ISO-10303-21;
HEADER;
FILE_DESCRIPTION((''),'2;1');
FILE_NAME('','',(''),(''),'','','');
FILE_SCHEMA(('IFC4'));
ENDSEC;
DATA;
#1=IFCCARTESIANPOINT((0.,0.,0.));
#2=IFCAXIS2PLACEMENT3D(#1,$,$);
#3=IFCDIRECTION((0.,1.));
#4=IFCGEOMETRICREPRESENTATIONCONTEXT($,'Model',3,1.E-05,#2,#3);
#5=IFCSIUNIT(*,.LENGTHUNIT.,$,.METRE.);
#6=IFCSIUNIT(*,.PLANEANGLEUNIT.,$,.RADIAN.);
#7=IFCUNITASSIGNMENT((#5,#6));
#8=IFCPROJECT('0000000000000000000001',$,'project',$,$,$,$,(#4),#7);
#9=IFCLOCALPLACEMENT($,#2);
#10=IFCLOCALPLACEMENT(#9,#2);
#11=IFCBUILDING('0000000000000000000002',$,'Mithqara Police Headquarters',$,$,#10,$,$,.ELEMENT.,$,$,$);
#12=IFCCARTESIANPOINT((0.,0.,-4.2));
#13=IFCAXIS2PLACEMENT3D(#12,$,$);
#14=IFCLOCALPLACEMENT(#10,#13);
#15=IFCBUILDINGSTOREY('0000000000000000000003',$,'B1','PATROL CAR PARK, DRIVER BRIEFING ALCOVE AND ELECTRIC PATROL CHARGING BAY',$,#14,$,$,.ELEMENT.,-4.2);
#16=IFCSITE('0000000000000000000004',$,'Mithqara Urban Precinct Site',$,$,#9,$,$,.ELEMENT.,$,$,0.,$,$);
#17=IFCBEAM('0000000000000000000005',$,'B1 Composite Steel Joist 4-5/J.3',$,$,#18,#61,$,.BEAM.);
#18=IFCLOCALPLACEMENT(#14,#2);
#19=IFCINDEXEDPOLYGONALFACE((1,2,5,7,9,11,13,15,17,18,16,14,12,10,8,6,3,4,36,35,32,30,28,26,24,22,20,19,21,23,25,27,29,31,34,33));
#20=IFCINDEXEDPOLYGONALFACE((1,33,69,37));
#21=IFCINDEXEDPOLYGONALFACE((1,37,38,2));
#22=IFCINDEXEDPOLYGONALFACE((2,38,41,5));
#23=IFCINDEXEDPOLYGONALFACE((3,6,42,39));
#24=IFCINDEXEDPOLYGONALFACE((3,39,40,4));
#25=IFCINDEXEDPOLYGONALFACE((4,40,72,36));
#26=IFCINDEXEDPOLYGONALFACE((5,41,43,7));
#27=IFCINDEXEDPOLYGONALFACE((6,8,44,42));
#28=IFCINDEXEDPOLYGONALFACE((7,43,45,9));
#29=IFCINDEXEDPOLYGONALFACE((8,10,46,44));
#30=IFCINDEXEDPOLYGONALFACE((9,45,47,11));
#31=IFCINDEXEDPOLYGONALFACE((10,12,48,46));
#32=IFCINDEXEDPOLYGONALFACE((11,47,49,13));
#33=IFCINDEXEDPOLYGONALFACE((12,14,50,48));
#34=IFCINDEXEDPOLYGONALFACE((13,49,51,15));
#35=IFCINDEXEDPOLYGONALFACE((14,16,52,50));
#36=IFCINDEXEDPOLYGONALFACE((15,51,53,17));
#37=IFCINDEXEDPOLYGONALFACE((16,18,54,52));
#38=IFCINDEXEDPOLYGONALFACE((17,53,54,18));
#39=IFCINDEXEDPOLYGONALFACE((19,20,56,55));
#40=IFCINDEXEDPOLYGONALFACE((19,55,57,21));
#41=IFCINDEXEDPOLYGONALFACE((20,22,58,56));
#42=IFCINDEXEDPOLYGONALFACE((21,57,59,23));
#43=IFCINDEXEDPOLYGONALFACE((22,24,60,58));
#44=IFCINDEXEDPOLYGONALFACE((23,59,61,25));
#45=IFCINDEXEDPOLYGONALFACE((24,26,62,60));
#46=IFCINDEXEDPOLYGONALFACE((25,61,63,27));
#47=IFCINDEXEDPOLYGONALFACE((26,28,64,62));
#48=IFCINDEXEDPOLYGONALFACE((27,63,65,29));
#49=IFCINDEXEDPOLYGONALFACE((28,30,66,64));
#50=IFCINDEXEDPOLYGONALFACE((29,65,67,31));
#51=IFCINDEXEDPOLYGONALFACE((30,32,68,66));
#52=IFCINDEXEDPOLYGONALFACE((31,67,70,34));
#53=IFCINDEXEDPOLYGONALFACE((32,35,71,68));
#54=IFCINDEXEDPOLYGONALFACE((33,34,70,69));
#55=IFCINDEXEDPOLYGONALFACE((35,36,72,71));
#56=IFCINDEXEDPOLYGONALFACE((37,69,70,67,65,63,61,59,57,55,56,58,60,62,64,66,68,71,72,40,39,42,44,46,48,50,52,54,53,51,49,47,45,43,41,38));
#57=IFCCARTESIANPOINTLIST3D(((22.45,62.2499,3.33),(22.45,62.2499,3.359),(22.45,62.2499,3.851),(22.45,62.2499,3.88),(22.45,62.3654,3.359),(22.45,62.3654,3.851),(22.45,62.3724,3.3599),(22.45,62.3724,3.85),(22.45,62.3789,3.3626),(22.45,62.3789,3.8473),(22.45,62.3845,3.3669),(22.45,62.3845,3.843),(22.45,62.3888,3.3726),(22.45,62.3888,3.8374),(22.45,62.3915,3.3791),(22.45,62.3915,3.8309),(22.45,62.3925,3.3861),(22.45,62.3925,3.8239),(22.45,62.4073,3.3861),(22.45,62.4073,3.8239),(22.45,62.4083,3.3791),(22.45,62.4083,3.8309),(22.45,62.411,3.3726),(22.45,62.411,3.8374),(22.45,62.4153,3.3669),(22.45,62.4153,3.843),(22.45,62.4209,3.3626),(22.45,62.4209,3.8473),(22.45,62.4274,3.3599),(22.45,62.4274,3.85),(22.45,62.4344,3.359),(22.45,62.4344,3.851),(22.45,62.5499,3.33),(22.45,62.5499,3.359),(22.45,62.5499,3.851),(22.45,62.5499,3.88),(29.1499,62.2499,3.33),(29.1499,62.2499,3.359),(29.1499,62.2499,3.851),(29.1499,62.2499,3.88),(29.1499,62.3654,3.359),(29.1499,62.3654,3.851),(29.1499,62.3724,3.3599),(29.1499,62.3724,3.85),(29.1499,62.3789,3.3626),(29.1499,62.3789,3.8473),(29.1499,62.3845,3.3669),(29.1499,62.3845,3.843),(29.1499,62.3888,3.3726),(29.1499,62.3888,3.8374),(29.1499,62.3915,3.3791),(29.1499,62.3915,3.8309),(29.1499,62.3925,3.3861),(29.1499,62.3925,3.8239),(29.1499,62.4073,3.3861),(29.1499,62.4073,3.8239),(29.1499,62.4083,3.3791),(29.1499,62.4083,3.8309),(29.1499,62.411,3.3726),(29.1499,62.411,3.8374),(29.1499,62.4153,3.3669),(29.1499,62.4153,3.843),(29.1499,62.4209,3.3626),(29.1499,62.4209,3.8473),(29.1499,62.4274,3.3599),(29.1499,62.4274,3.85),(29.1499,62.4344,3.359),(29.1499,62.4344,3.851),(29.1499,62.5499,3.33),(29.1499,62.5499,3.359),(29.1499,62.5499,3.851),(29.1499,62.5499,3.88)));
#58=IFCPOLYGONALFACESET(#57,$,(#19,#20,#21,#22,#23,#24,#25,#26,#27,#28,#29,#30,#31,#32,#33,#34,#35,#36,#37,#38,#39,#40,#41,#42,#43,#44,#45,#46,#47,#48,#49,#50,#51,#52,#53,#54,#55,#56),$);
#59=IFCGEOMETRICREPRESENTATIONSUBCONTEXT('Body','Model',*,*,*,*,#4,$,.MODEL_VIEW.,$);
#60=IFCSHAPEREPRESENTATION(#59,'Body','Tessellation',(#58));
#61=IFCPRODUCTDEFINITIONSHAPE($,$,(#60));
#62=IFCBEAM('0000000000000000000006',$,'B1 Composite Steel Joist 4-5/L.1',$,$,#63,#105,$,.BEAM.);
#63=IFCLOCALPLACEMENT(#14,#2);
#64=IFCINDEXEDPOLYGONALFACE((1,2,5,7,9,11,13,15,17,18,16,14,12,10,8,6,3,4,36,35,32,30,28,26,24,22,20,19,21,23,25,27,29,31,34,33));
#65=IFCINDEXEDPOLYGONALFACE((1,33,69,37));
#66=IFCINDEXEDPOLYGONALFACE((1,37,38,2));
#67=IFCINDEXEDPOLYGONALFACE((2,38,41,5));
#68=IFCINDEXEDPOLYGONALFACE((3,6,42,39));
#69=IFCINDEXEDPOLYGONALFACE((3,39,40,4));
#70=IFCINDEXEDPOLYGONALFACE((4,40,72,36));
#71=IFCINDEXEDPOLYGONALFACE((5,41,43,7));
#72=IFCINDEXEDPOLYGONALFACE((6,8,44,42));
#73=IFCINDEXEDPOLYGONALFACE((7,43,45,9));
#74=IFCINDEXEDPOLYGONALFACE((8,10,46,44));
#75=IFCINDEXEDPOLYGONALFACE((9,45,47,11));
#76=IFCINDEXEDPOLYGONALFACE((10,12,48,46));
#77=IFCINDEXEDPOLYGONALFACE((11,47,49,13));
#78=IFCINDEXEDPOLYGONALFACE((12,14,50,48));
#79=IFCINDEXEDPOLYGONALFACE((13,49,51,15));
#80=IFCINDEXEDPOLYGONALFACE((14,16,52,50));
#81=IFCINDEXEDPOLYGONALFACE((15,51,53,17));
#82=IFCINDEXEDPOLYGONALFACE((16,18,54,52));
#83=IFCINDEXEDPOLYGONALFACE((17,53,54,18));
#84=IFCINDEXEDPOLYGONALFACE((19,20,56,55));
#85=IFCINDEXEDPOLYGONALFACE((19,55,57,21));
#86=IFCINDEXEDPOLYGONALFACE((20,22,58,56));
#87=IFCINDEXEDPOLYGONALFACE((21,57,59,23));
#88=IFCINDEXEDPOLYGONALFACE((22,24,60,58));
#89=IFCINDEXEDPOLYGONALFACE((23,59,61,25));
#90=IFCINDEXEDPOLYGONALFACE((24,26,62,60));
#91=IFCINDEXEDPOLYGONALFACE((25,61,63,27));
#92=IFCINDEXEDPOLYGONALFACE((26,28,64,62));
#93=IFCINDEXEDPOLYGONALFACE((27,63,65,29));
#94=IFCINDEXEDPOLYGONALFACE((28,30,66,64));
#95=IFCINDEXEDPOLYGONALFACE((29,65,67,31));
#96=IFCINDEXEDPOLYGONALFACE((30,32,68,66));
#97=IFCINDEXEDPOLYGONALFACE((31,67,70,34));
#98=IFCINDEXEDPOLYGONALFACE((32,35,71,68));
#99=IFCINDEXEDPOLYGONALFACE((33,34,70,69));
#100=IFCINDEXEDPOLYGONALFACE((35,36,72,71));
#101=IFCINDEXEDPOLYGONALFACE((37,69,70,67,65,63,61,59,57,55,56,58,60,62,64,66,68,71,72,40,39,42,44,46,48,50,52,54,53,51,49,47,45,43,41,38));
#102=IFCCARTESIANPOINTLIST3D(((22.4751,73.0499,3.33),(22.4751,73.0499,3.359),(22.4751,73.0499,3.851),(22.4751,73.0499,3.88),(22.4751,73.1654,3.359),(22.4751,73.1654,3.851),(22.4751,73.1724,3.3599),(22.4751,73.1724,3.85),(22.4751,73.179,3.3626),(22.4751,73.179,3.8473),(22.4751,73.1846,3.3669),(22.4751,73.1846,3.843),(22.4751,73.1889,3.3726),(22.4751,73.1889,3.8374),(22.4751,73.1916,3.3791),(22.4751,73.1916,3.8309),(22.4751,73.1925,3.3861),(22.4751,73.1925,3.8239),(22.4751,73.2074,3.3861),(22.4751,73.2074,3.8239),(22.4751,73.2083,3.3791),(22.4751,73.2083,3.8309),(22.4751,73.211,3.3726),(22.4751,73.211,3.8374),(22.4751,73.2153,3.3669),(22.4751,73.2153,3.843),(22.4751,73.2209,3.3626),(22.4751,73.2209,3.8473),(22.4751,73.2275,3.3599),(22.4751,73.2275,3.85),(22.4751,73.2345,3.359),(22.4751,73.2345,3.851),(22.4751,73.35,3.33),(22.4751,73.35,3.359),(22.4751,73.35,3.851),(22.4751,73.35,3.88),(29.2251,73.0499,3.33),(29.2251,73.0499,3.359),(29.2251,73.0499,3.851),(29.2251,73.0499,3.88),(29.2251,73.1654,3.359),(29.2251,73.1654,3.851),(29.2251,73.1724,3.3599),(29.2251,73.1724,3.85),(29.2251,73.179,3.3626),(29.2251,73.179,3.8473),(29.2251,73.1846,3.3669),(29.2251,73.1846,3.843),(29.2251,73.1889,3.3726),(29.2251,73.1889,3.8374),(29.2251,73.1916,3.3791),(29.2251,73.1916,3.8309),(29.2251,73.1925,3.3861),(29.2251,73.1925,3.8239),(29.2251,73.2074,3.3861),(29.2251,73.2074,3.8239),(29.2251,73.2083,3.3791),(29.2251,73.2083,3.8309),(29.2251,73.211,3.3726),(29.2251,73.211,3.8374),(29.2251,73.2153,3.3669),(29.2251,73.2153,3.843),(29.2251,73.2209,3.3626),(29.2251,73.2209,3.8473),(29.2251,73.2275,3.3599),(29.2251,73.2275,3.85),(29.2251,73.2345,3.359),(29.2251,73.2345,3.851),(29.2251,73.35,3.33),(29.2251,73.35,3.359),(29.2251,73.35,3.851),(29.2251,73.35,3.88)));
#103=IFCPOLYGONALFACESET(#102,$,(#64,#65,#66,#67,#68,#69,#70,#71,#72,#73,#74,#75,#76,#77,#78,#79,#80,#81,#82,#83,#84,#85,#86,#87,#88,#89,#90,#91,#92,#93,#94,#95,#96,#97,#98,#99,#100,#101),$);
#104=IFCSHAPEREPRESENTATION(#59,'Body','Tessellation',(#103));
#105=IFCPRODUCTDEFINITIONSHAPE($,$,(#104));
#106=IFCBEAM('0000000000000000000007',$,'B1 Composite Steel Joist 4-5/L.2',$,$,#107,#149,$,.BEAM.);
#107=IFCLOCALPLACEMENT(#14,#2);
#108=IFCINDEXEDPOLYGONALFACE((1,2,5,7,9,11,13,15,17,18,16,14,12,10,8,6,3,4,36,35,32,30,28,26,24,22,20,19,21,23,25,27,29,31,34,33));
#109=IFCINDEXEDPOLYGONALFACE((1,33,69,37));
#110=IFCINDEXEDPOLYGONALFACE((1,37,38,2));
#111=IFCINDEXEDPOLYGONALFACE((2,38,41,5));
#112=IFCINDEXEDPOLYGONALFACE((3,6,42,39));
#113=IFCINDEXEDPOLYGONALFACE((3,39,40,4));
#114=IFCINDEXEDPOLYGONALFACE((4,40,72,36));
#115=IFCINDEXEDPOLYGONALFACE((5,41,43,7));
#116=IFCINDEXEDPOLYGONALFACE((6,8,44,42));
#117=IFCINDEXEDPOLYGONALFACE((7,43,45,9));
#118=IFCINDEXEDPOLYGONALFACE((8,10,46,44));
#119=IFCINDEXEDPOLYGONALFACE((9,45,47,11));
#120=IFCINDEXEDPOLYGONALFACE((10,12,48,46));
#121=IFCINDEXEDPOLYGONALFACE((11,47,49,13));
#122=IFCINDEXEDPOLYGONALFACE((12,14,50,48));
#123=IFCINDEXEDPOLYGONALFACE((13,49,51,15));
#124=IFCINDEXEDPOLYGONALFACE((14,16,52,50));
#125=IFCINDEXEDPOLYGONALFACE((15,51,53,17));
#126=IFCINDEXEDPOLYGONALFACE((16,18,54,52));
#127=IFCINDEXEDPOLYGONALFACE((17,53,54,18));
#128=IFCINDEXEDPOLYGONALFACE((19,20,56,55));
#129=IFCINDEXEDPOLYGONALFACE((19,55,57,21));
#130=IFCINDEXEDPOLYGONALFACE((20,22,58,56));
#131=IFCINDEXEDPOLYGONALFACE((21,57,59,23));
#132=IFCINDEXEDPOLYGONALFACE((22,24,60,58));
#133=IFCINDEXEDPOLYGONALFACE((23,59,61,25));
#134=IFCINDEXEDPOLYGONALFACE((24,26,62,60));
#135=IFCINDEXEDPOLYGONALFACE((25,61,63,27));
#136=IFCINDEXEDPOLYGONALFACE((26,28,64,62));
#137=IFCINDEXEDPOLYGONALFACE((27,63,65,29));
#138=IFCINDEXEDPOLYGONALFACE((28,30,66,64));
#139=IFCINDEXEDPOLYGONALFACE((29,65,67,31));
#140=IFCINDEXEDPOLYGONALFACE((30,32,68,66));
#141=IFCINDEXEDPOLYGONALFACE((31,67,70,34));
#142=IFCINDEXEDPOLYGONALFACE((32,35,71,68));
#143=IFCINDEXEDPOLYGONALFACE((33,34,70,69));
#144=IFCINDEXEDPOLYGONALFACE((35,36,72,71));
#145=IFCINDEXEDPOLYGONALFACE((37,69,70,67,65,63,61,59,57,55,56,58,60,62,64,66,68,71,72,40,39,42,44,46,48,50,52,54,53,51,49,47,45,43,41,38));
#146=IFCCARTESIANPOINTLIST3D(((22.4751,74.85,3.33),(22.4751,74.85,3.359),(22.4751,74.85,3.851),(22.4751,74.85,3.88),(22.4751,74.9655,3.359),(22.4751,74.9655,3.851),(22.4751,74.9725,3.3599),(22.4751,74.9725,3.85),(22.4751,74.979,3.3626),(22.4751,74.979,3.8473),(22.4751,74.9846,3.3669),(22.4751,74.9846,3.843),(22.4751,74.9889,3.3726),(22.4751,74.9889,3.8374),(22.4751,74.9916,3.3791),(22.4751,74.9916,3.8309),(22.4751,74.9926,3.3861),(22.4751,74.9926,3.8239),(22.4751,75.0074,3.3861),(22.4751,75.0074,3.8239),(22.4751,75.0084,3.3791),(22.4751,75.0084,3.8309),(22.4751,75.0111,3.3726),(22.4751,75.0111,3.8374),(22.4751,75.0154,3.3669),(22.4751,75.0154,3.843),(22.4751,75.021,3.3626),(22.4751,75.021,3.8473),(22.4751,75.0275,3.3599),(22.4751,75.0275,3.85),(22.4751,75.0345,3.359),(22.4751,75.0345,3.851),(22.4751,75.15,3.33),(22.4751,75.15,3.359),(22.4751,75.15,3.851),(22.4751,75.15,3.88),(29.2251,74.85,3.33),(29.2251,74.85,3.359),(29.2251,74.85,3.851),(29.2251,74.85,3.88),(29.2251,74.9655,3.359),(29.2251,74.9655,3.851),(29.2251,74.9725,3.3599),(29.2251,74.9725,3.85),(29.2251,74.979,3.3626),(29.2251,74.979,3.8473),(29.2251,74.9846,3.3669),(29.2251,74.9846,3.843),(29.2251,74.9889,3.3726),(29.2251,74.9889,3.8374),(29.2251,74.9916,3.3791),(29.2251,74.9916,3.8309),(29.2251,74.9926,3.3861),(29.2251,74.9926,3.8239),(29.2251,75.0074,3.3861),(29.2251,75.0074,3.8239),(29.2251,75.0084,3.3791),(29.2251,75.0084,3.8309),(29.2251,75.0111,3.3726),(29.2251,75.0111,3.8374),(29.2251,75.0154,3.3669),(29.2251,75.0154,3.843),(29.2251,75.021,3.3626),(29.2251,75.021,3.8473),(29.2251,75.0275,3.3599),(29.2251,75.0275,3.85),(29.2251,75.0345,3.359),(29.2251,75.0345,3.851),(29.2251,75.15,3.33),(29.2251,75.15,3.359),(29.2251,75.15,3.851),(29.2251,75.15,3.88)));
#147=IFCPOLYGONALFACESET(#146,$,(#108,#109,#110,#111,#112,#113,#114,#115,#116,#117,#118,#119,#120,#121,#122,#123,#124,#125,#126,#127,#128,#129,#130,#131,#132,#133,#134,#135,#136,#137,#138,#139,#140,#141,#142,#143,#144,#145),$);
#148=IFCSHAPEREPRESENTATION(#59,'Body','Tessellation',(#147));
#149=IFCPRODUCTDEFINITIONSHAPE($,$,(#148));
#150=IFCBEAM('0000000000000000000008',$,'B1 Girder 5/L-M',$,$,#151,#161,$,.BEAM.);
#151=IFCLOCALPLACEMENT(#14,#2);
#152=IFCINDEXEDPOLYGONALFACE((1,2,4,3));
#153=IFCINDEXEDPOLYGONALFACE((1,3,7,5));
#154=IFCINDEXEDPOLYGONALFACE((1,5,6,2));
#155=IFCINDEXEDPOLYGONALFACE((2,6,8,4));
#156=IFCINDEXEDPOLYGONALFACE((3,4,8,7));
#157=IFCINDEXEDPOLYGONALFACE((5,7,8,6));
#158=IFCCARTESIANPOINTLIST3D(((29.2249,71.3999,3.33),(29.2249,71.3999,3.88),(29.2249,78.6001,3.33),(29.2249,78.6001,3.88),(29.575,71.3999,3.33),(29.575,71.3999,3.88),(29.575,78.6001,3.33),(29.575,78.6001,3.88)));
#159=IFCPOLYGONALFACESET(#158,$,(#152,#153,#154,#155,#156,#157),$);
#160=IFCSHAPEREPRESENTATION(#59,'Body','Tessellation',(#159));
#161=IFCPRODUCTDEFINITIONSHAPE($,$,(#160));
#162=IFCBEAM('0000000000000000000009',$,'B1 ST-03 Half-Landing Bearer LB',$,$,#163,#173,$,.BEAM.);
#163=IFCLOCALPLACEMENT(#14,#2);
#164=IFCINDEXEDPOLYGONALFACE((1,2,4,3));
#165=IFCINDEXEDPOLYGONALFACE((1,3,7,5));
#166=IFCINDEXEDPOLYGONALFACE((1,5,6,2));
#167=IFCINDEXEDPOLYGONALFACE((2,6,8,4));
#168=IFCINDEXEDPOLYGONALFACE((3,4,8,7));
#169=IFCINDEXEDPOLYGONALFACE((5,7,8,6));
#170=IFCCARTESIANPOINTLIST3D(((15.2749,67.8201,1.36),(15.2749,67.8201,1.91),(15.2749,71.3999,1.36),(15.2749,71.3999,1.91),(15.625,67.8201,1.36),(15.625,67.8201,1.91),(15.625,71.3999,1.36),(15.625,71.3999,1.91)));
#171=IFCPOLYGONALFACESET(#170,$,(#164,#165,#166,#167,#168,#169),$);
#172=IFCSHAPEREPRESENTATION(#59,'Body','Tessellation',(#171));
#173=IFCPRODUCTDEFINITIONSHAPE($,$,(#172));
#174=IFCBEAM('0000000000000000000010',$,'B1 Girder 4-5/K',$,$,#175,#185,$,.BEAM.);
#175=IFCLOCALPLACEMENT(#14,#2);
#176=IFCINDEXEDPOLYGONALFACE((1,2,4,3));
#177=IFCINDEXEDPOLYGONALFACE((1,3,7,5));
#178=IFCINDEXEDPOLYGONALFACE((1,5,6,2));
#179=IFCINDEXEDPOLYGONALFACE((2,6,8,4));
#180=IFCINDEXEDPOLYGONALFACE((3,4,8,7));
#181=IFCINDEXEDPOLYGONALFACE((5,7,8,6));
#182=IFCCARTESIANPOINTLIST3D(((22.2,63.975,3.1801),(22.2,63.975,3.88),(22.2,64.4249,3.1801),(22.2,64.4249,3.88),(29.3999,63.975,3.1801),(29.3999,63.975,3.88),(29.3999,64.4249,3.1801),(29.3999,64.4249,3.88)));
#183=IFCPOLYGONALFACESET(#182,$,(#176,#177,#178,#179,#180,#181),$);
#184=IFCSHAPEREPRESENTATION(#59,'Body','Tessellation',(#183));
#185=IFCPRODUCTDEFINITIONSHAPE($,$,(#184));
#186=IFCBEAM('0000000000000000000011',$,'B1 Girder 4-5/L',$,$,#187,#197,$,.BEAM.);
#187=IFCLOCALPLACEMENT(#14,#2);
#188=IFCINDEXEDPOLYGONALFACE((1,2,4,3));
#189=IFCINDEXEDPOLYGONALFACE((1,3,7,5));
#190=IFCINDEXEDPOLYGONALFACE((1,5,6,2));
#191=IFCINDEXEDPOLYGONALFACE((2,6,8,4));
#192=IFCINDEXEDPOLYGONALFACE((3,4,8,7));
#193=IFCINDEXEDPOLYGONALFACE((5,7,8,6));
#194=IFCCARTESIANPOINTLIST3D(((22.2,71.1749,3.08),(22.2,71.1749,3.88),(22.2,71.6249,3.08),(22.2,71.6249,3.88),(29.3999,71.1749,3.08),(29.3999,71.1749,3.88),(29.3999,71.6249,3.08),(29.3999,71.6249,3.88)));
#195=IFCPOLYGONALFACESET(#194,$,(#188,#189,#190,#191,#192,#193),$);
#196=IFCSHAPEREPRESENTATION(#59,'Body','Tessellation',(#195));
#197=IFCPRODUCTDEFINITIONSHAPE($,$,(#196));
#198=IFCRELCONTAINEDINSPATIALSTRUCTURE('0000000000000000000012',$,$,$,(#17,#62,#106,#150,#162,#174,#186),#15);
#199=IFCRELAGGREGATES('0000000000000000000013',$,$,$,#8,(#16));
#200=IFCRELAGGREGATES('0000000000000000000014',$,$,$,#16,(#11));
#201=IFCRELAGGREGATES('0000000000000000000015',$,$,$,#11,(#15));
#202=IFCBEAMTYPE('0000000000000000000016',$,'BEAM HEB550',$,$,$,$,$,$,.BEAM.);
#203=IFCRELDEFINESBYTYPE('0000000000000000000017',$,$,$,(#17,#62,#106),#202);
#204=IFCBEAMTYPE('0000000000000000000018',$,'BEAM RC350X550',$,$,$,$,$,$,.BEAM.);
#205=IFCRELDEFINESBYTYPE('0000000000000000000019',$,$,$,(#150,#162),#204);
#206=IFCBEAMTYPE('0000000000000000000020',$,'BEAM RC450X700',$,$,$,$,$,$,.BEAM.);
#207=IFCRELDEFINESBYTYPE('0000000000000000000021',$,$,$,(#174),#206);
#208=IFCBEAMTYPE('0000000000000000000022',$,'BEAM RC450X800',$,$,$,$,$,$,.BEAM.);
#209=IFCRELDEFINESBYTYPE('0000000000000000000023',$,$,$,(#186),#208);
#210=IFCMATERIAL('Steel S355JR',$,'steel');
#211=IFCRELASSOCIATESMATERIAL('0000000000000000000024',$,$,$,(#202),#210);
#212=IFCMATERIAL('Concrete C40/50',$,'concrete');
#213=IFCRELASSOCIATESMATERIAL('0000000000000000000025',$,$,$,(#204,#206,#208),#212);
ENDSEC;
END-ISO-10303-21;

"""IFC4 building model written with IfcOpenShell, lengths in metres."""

from ifc_helpers import new_model, si_unit, direction, frame, origin, origin_2d, place, context, subcontext, project, spatial, rectangle, i_section, extrude, material, material_profile, profile_set, type_object, element, save


model = new_model("IFC4")

# Units and contexts
model_context = context("Model", 3, precision=1e-05, world=origin(), true_north=direction((0.0, 1.0)))
body_context = subcontext(model_context, "Body", "Model", "MODEL_VIEW")
ifc_project = project(units=[si_unit("LENGTHUNIT", "METRE"), si_unit("PLANEANGLEUNIT", "RADIAN")], contexts=[model_context])

# Site, building, storey
site_placement = place(None, origin())
site = spatial("IfcSite", under=ifc_project, at=site_placement, Name="Mithqara Urban Precinct Site", CompositionType="ELEMENT", RefElevation=0.0)
building_placement = place(site_placement, origin())
building = spatial("IfcBuilding", under=site, at=building_placement, Name="Mithqara Police Headquarters", CompositionType="ELEMENT")
storey_placement = place(building_placement, frame((0.0, 0.0, -4.2)))
storey = spatial("IfcBuildingStorey", under=building, at=storey_placement, Name="B1", Description="PATROL CAR PARK, DRIVER BRIEFING ALCOVE AND ELECTRIC PATROL CHARGING BAY", CompositionType="ELEMENT", Elevation=-4.2)

# Beams
ifc_material_1 = material(Name="Steel S355JR", Category="steel")
ifc_material_profile_1 = material_profile(ifc_material_1, i_section(OverallWidth=0.3, OverallDepth=0.55, WebThickness=0.0149, FlangeThickness=0.0291, FilletRadius=0.0271, at=origin_2d()), Name="HEB 550")
ifc_profile_set_1 = profile_set([ifc_material_profile_1], Name="Steel S355JR")
beam_type_1 = type_object("IfcBeamType", Name="BEAM HEB550", PredefinedType="BEAM", material=ifc_profile_set_1)
for number, where, z_axis, x_axis, name in (
    (1, (22.45, 62.3999, 3.605), (1.0, 0.0, 0.0), (0.0, 1.0, 0.0), "B1 Composite Steel Joist 4-5/J.3"),
):
    element("IfcBeam", number, at=place(storey_placement, frame(where, z_axis=z_axis, x_axis=x_axis)), inside=storey, type_object=beam_type_1, Name=name, PredefinedType="BEAM", context=body_context, shape_type="SweptSolid", body=[
        extrude(i_section(OverallWidth=0.3, OverallDepth=0.55, WebThickness=0.0149, FlangeThickness=0.0291, FilletRadius=0.0271, at=origin_2d()), origin(), (0.0, 0.0, 1.0), 6.7),
    ])
for number, where, z_axis, x_axis, name in (
    (2, (22.4751, 73.2, 3.605), (1.0, 0.0, 0.0), (0.0, 1.0, 0.0), "B1 Composite Steel Joist 4-5/L.1"),
    (3, (22.4751, 75.0, 3.605), (1.0, 0.0, 0.0), (0.0, 1.0, 0.0), "B1 Composite Steel Joist 4-5/L.2"),
):
    element("IfcBeam", number, at=place(storey_placement, frame(where, z_axis=z_axis, x_axis=x_axis)), inside=storey, type_object=beam_type_1, Name=name, PredefinedType="BEAM", context=body_context, shape_type="SweptSolid", body=[
        extrude(i_section(OverallWidth=0.3, OverallDepth=0.55, WebThickness=0.0149, FlangeThickness=0.0291, FilletRadius=0.0271, at=origin_2d()), origin(), (0.0, 0.0, 1.0), 6.75),
    ])
ifc_material_2 = material(Name="Concrete C40/50", Category="concrete")
ifc_material_profile_2 = material_profile(ifc_material_2, rectangle(XDim=0.3501, YDim=0.55, at=origin_2d()), Name="RC 350x550")
ifc_profile_set_2 = profile_set([ifc_material_profile_2], Name="Concrete C40/50")
beam_type_2 = type_object("IfcBeamType", Name="BEAM RC350X550", PredefinedType="BEAM", material=ifc_profile_set_2)
beam_1_placement = place(storey_placement, frame((29.3999, 71.3999, 3.605), z_axis=(0.0, 1.0, 0.0), x_axis=(-1.0, 0.0, 0.0)))
element("IfcBeam", 4, at=beam_1_placement, inside=storey, type_object=beam_type_2, Name="B1 Girder 5/L-M", PredefinedType="BEAM", context=body_context, shape_type="SweptSolid", body=[
    extrude(rectangle(XDim=0.3501, YDim=0.55, at=origin_2d()), origin(), (0.0, 0.0, 1.0), 7.2002),
])
beam_2_placement = place(storey_placement, frame((15.45, 67.8201, 1.635), z_axis=(0.0, 1.0, 0.0), x_axis=(-1.0, 0.0, 0.0)))
element("IfcBeam", 5, at=beam_2_placement, inside=storey, type_object=beam_type_2, Name="B1 ST-03 Half-Landing Bearer LB", PredefinedType="BEAM", context=body_context, shape_type="SweptSolid", body=[
    extrude(rectangle(XDim=0.3501, YDim=0.55, at=origin_2d()), origin(), (0.0, 0.0, 1.0), 3.5798),
])
ifc_material_profile_3 = material_profile(ifc_material_2, rectangle(XDim=0.45, YDim=0.7, at=origin_2d()), Name="RC 450x700")
ifc_profile_set_3 = profile_set([ifc_material_profile_3], Name="Concrete C40/50")
beam_type_3 = type_object("IfcBeamType", Name="BEAM RC450X700", PredefinedType="BEAM", material=ifc_profile_set_3)
beam_3_placement = place(storey_placement, frame((22.2, 64.2, 3.53), z_axis=(1.0, 0.0, 0.0), x_axis=(0.0, 1.0, 0.0)))
element("IfcBeam", 6, at=beam_3_placement, inside=storey, type_object=beam_type_3, Name="B1 Girder 4-5/K", PredefinedType="BEAM", context=body_context, shape_type="SweptSolid", body=[
    extrude(rectangle(XDim=0.45, YDim=0.7, at=origin_2d()), origin(), (0.0, 0.0, 1.0), 7.2),
])
ifc_material_profile_4 = material_profile(ifc_material_2, rectangle(XDim=0.45, YDim=0.8, at=origin_2d()), Name="RC 450x800")
ifc_profile_set_4 = profile_set([ifc_material_profile_4], Name="Concrete C40/50")
beam_type_4 = type_object("IfcBeamType", Name="BEAM RC450X800", PredefinedType="BEAM", material=ifc_profile_set_4)
beam_4_placement = place(storey_placement, frame((22.2, 71.3999, 3.48), z_axis=(1.0, 0.0, 0.0), x_axis=(0.0, 1.0, 0.0)))
element("IfcBeam", 7, at=beam_4_placement, inside=storey, type_object=beam_type_4, Name="B1 Girder 4-5/L", PredefinedType="BEAM", context=body_context, shape_type="SweptSolid", body=[
    extrude(rectangle(XDim=0.45, YDim=0.8, at=origin_2d()), origin(), (0.0, 0.0, 1.0), 7.2),
])

save(model, "model.ifc")
